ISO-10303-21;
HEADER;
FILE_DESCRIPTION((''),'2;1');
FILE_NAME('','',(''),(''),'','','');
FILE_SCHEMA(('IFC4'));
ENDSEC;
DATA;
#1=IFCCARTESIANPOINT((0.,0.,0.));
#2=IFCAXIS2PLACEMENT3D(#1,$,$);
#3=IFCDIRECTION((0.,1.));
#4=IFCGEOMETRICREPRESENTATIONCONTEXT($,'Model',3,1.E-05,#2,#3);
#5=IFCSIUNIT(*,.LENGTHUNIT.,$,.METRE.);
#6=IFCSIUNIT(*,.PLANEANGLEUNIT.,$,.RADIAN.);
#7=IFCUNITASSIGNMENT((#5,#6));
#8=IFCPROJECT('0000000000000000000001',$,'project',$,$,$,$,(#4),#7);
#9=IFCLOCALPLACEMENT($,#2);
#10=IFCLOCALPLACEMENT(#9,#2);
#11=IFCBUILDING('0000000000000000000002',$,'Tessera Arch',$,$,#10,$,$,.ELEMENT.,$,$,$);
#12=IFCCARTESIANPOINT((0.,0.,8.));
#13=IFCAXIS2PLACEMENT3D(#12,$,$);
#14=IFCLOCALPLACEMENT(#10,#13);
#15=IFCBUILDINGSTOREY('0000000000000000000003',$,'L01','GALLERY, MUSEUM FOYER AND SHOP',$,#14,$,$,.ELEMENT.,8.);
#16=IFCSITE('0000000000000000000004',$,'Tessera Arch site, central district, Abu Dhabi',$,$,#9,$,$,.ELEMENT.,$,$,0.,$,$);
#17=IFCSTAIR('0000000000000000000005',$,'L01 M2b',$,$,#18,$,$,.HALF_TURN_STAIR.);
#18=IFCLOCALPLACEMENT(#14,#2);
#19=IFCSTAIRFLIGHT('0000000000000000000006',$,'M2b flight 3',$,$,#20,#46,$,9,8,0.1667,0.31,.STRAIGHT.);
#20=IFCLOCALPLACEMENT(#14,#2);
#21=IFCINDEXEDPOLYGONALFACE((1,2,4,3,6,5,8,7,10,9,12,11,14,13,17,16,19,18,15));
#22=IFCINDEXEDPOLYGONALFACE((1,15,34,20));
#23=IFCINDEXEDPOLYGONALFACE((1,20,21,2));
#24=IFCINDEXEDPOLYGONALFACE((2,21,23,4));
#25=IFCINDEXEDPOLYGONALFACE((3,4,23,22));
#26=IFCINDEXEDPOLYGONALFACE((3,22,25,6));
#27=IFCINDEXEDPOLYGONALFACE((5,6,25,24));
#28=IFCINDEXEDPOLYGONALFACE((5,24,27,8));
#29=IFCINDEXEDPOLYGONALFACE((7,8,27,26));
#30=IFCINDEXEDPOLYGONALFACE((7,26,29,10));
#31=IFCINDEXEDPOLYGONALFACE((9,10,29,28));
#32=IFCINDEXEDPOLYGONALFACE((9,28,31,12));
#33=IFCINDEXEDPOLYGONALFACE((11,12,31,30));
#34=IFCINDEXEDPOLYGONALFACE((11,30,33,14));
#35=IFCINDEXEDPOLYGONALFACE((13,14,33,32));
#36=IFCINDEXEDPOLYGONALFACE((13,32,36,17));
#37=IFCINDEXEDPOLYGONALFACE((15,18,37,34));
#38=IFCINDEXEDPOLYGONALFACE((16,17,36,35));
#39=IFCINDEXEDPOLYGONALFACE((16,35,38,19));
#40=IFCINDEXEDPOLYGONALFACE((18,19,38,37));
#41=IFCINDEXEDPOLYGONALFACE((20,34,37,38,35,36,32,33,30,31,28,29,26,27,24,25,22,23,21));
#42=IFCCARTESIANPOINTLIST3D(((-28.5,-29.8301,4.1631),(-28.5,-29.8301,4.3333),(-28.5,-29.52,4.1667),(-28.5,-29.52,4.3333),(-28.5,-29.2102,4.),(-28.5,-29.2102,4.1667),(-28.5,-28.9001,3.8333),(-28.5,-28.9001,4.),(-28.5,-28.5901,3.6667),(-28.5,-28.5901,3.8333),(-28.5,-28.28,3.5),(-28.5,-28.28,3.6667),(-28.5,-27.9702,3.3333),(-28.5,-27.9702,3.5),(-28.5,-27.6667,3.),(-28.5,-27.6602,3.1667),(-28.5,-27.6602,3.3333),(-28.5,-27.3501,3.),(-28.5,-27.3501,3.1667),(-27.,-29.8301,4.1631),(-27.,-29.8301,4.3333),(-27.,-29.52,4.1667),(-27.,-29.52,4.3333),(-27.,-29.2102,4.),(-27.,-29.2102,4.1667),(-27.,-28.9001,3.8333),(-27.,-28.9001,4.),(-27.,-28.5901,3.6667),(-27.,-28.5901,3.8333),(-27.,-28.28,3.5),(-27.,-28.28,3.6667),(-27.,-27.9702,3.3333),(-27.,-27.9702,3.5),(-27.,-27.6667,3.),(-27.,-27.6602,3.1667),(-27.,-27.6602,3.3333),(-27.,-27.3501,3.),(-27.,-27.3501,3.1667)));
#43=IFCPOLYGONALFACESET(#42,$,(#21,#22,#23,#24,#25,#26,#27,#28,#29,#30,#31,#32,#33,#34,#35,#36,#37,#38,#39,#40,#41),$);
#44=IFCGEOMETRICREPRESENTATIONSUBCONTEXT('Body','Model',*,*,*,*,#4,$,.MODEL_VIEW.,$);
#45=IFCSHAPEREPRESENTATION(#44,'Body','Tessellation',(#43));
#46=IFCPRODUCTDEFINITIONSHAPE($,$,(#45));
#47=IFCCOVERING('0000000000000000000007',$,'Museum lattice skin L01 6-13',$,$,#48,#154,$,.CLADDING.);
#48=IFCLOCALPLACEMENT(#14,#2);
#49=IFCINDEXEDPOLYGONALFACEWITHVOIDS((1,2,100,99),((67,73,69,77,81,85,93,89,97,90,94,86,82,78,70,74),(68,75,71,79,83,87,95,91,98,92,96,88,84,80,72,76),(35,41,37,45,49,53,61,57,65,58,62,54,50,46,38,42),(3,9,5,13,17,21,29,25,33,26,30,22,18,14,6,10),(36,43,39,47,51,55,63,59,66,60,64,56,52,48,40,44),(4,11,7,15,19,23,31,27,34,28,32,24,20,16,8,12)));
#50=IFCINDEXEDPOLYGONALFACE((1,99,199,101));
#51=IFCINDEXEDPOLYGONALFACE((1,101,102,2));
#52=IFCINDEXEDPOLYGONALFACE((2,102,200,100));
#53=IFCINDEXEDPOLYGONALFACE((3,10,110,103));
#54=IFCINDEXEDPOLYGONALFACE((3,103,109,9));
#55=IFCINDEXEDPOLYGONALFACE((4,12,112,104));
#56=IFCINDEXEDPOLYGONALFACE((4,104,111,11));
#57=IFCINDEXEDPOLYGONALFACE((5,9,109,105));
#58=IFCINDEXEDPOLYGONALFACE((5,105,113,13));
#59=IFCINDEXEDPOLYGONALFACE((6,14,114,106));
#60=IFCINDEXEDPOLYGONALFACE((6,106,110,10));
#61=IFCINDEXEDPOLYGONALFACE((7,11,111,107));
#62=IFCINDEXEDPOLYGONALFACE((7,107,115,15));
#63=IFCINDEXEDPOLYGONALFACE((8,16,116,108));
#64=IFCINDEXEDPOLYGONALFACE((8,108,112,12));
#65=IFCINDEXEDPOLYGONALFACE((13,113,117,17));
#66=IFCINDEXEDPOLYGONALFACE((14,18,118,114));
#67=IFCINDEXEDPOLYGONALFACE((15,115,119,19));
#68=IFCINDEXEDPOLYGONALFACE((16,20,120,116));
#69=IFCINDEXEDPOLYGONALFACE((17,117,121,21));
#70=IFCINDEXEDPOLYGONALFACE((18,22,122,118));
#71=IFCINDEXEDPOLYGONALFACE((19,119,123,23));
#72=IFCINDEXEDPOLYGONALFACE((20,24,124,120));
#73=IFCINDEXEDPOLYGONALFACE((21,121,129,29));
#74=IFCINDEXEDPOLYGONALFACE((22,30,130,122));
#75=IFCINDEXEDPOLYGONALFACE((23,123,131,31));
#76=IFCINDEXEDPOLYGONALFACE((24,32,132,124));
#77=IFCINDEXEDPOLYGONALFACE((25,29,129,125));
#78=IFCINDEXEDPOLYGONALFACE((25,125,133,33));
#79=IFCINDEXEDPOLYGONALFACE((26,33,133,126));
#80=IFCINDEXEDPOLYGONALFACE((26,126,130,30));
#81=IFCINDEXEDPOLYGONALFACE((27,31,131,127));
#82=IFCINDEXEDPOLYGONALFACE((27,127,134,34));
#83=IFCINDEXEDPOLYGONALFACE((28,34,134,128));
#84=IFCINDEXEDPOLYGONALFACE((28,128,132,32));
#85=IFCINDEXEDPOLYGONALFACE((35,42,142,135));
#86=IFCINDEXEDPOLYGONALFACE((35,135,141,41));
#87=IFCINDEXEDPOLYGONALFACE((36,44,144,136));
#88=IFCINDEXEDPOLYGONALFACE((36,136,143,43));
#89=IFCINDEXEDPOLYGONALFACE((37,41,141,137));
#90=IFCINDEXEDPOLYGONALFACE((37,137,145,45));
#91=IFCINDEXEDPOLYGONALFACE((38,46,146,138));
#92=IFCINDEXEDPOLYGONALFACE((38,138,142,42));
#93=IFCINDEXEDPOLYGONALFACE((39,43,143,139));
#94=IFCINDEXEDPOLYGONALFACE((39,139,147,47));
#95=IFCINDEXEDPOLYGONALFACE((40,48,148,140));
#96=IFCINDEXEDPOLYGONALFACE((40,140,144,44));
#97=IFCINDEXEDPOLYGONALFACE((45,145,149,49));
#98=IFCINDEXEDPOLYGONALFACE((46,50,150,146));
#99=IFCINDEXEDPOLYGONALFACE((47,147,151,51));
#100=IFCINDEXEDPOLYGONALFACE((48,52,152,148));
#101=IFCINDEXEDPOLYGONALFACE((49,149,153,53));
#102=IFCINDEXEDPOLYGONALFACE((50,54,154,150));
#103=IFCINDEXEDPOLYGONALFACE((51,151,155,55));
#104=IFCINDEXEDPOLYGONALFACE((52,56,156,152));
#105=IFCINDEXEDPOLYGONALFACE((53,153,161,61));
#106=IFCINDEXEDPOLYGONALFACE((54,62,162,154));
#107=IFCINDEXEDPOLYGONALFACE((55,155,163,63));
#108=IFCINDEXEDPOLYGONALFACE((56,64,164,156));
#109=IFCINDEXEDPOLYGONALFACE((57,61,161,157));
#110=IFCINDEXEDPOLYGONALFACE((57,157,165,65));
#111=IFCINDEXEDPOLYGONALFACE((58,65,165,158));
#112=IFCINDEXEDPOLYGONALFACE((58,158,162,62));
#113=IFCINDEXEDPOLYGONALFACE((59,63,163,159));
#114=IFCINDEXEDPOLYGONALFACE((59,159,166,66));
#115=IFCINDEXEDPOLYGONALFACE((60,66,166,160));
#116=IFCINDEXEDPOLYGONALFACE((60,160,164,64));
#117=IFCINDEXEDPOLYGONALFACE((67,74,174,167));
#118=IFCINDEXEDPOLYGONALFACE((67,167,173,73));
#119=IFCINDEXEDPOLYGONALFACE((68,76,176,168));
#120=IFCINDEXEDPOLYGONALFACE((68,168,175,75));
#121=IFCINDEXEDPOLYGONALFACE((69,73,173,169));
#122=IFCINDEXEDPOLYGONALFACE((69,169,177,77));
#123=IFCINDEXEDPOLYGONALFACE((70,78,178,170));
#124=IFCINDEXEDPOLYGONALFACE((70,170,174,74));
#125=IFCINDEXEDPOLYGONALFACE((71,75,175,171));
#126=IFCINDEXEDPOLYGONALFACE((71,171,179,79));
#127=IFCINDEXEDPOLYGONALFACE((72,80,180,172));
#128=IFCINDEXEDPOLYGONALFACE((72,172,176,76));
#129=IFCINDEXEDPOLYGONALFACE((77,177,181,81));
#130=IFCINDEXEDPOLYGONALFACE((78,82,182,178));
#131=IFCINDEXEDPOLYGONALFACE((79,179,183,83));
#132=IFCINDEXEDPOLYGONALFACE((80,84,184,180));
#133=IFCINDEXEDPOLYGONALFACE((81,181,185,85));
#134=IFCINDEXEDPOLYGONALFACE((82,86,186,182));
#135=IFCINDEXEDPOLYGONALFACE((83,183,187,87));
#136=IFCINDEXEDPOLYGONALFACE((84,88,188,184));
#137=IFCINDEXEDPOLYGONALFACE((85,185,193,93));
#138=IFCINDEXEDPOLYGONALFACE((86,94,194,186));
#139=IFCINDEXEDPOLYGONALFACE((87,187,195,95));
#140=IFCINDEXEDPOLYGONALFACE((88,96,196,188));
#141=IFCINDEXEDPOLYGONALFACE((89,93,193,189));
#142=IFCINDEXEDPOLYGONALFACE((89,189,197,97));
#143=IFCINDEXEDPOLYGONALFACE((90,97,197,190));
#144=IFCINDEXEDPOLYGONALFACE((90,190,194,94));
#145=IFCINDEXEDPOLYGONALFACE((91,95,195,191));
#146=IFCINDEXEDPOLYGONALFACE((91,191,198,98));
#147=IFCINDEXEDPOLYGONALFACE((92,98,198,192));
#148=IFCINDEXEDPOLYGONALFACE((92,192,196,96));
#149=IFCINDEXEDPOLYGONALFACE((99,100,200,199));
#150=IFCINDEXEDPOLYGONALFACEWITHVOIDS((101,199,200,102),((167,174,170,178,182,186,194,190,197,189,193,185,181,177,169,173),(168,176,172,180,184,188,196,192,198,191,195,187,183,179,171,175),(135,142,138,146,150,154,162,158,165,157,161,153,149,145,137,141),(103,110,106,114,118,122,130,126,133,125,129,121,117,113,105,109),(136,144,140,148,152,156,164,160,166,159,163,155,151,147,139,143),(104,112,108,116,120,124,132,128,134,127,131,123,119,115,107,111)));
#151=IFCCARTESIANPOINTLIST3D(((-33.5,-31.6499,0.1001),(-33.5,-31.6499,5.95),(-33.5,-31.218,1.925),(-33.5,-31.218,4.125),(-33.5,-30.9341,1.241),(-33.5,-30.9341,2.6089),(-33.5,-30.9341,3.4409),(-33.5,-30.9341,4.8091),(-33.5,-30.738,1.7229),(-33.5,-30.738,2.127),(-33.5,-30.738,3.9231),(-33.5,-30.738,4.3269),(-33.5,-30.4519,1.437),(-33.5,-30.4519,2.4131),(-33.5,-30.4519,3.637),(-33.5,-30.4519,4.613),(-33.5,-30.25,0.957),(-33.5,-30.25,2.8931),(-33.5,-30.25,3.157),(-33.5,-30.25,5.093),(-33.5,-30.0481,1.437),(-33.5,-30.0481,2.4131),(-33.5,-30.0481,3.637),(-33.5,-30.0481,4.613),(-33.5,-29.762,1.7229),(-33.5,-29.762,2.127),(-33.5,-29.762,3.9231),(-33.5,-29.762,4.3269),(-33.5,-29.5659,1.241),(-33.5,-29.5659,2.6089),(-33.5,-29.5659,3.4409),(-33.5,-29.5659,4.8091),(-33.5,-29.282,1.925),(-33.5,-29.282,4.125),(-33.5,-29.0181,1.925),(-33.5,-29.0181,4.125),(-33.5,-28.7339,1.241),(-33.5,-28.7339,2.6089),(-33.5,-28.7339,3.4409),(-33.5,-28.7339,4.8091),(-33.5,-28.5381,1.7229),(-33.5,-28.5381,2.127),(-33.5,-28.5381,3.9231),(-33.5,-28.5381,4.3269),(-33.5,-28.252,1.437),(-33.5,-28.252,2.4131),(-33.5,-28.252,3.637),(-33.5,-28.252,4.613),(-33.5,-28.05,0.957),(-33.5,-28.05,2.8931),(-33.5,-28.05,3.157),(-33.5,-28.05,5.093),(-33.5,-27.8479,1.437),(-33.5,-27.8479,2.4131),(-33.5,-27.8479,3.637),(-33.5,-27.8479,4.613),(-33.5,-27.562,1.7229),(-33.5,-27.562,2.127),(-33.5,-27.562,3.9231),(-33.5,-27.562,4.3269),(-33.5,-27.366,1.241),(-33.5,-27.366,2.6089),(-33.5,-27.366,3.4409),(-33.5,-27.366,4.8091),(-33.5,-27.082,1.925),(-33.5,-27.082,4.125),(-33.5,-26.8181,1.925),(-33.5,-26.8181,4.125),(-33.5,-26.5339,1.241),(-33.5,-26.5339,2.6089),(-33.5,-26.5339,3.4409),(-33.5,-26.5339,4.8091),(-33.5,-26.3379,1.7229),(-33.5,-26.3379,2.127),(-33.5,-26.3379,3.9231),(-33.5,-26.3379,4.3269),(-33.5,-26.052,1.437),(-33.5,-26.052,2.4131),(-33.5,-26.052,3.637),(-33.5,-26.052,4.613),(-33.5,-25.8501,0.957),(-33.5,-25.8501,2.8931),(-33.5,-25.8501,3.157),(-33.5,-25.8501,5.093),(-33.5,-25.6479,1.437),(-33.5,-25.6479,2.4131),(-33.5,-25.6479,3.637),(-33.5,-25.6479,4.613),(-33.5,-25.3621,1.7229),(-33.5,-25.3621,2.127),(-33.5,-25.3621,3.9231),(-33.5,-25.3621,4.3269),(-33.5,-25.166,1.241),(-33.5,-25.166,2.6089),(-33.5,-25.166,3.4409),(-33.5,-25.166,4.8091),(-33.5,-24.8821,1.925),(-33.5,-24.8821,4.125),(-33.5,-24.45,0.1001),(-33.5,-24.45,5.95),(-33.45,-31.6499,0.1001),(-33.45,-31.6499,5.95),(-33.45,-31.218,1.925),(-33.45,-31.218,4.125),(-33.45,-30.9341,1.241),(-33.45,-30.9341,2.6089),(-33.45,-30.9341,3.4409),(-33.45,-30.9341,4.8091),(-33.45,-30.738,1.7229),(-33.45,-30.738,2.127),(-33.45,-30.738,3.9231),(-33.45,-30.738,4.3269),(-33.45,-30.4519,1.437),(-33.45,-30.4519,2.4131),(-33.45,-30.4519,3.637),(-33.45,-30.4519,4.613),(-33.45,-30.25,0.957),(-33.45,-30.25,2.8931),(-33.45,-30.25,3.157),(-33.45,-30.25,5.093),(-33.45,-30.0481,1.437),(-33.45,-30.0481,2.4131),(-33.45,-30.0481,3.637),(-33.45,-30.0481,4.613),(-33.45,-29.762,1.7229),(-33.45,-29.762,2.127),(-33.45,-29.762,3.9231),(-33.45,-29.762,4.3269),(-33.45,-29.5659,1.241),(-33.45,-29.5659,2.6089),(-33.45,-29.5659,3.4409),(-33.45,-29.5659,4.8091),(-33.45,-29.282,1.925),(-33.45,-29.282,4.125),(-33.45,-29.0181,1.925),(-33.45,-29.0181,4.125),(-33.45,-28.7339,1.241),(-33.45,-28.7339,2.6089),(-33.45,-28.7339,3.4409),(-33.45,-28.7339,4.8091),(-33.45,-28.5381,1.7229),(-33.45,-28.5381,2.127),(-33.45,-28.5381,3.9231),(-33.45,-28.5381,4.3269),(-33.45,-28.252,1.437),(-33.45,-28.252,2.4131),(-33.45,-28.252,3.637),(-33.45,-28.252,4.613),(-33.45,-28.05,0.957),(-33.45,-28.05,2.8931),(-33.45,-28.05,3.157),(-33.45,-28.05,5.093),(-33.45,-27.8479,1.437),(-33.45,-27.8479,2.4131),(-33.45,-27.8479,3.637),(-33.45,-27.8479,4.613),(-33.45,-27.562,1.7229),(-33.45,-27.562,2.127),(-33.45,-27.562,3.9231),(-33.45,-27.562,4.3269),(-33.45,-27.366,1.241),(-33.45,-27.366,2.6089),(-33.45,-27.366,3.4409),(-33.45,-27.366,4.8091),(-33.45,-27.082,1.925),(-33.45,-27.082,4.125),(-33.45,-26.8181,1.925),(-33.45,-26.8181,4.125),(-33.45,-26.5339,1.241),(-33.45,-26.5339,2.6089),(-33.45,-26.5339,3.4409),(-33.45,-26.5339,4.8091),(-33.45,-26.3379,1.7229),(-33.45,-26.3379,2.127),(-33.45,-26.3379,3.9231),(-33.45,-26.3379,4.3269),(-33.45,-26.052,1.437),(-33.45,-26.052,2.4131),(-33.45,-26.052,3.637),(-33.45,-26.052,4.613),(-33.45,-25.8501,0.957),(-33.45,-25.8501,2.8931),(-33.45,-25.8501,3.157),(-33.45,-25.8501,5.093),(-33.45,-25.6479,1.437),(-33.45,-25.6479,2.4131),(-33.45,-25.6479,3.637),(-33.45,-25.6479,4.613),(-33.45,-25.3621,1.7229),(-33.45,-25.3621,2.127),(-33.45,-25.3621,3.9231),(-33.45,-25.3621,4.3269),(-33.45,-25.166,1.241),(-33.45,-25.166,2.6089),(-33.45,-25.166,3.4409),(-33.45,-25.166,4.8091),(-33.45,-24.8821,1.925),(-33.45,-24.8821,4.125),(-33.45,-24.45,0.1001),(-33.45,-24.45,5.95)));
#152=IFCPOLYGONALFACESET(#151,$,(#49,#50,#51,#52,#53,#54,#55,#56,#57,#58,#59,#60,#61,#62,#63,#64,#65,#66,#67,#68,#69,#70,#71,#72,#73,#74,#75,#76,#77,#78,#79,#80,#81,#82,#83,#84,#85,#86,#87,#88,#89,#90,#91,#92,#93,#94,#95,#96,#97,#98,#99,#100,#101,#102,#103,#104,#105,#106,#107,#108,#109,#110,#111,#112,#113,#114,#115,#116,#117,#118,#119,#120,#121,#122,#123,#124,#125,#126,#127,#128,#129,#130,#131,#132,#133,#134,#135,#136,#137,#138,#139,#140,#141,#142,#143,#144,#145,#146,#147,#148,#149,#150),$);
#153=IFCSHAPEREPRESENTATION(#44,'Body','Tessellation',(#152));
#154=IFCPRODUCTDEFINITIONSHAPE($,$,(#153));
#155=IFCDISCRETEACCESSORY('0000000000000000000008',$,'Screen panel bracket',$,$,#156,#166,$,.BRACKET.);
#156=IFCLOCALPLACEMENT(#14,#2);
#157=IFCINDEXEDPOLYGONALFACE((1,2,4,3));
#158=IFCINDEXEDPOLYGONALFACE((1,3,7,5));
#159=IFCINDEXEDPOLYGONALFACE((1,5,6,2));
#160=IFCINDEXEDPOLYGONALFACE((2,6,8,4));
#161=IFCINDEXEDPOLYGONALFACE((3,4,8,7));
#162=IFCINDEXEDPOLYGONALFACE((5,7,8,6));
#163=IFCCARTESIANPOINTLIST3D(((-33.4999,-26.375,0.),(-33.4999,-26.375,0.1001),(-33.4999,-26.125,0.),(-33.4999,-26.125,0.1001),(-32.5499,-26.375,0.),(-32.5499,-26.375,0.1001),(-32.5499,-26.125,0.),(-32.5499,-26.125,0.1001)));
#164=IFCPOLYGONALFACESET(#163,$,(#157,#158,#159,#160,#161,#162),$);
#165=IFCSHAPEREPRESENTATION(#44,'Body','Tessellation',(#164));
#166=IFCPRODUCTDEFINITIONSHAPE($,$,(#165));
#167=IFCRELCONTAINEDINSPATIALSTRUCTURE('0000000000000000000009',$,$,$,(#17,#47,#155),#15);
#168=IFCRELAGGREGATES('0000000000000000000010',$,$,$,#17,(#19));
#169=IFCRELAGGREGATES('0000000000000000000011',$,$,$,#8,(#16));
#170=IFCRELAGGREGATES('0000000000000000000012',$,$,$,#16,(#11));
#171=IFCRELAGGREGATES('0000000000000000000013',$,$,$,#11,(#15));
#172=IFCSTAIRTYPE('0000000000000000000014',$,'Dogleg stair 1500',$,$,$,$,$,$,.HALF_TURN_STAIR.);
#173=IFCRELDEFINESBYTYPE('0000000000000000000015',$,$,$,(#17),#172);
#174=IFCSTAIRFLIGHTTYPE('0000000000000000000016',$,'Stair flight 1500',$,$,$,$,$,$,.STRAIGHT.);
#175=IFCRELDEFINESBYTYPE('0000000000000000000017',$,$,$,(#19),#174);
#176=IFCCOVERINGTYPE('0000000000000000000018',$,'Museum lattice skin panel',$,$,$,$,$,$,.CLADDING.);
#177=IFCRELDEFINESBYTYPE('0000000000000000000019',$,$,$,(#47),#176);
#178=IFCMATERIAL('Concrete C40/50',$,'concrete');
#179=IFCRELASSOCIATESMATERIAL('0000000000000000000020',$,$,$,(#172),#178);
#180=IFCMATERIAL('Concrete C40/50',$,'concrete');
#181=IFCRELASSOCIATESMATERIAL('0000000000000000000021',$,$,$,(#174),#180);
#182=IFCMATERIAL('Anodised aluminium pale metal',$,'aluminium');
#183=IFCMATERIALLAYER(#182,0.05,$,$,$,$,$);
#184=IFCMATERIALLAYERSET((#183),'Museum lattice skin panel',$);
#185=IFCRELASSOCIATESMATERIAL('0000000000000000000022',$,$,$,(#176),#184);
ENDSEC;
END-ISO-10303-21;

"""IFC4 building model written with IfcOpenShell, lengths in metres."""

from ifc_helpers import new_model, si_unit, direction, frame, origin, origin_2d, place, context, subcontext, project, spatial, polyline, rectangle, outline, extrude, material, layer, layer_set, type_object, element, aggregate, save


model = new_model("IFC4")

# Units and contexts
model_context = context("Model", 3, precision=1e-05, world=origin(), true_north=direction((0.0, 1.0)))
body_context = subcontext(model_context, "Body", "Model", "MODEL_VIEW")
ifc_project = project(units=[si_unit("LENGTHUNIT", "METRE"), si_unit("PLANEANGLEUNIT", "RADIAN")], contexts=[model_context])

# Site, building, storey
site_placement = place(None, origin())
site = spatial("IfcSite", under=ifc_project, at=site_placement, Name="Tessera Arch site, central district, Abu Dhabi", CompositionType="ELEMENT", RefElevation=0.0)
building_placement = place(site_placement, origin())
building = spatial("IfcBuilding", under=site, at=building_placement, Name="Tessera Arch", CompositionType="ELEMENT")
storey_placement = place(building_placement, frame((0.0, 0.0, 8.0)))
storey = spatial("IfcBuildingStorey", under=building, at=storey_placement, Name="L01", Description="GALLERY, MUSEUM FOYER AND SHOP", CompositionType="ELEMENT", Elevation=8.0)

# Stair, stair flight
ifc_material_1 = material(Name="Concrete C40/50", Category="concrete")
stair_type = type_object("IfcStairType", Name="Dogleg stair 1500", PredefinedType="HALF_TURN_STAIR", material=ifc_material_1)
ifc_material_2 = material(Name="Concrete C40/50", Category="concrete")
stair_flight_type = type_object("IfcStairFlightType", Name="Stair flight 1500", PredefinedType="STRAIGHT", material=ifc_material_2)
stair_1_placement = place(storey_placement, origin())
stair_1 = element("IfcStair", 1, at=stair_1_placement, inside=storey, type_object=stair_type, Name="L01 M2b", PredefinedType="HALF_TURN_STAIR")
stair_flight_1_placement = place(storey_placement, frame((-27.75, -27.3501, 3.0), z_axis=(0.0, 0.0, 1.0), x_axis=(0.0, -1.0, 0.0)))
stair_flight_1 = element("IfcStairFlight", 2, at=stair_flight_1_placement, type_object=stair_flight_type, Name="M2b flight 3", NumberOfRisers=9, NumberOfTreads=8, PredefinedType="STRAIGHT", RiserHeight=0.1667, TreadLength=0.31, context=body_context, shape_type="SweptSolid", body=[
    extrude(outline(polyline([(0.0, 0.0), (0.0, 0.1667), (0.3101, 0.1667), (0.3101, 0.3333), (0.6201, 0.3333), (0.6201, 0.5), (0.9299, 0.5), (0.9299, 0.6667), (1.24, 0.6667), (1.24, 0.8333), (1.55, 0.8333), (1.55, 1.0), (1.8601, 1.0), (1.8601, 1.1667), (2.1699, 1.1667), (2.1699, 1.3333), (2.48, 1.3333), (2.48, 1.5), (2.48, 1.1631), (0.3167, 0.0), (0.0, 0.0)])), frame((0.0, 0.75, 0.0), z_axis=(0.0, -1.0, 0.0), x_axis=(1.0, 0.0, 0.0)), (0.0, 0.0, 1.0), 1.5),
])
aggregate(stair_1, [stair_flight_1])

# Covering
ifc_material_3 = material(Name="Anodised aluminium pale metal", Category="aluminium")
ifc_layer_1 = layer(ifc_material_3, 0.05)
ifc_layer_set_1 = layer_set([ifc_layer_1], Name="Museum lattice skin panel")
covering_type = type_object("IfcCoveringType", Name="Museum lattice skin panel", PredefinedType="CLADDING", material=ifc_layer_set_1)
covering_placement = place(storey_placement, frame((-33.45, -24.45, 5.95), z_axis=(1.0, 0.0, 0.0), x_axis=(0.0, -1.0, 0.0)))
element("IfcCovering", 3, at=covering_placement, inside=storey, type_object=covering_type, Name="Museum lattice skin L01 6-13", PredefinedType="CLADDING", context=body_context, shape_type="SweptSolid", body=[
    extrude(outline(polyline([(0.0, 0.0), (7.2, 0.0), (7.2, 5.8499), (0.0, 5.8499), (0.0, 0.0)]), holes=[polyline([(2.3682, 4.0249), (1.8879, 3.823), (2.084, 3.3411), (1.6021, 3.5369), (1.4001, 3.0569), (1.198, 3.5369), (0.7161, 3.3411), (0.9121, 3.823), (0.4321, 4.0249), (0.9121, 4.2271), (0.7161, 4.709), (1.198, 4.5129), (1.4001, 4.9929), (1.6021, 4.5129), (2.084, 4.709), (1.8879, 4.2271), (2.3682, 4.0249)]), polyline([(2.3682, 1.825), (1.8879, 1.623), (2.084, 1.1409), (1.6021, 1.3369), (1.4001, 0.8569), (1.198, 1.3369), (0.7161, 1.1409), (0.9121, 1.623), (0.4321, 1.825), (0.9121, 2.0269), (0.7161, 2.509), (1.198, 2.313), (1.4001, 2.793), (1.6021, 2.313), (2.084, 2.509), (1.8879, 2.0269), (2.3682, 1.825)]), polyline([(4.5681, 4.0249), (4.0881, 3.823), (4.2839, 3.3411), (3.802, 3.5369), (3.6001, 3.0569), (3.3979, 3.5369), (2.916, 3.3411), (3.1121, 3.823), (2.6321, 4.0249), (3.1121, 4.2271), (2.916, 4.709), (3.3979, 4.5129), (3.6001, 4.9929), (3.802, 4.5129), (4.2839, 4.709), (4.0881, 4.2271), (4.5681, 4.0249)]), polyline([(4.5681, 1.825), (4.0881, 1.623), (4.2839, 1.1409), (3.802, 1.3369), (3.6001, 0.8569), (3.3979, 1.3369), (2.916, 1.1409), (3.1121, 1.623), (2.6321, 1.825), (3.1121, 2.0269), (2.916, 2.509), (3.3979, 2.313), (3.6001, 2.793), (3.802, 2.313), (4.2839, 2.509), (4.0881, 2.0269), (4.5681, 1.825)]), polyline([(6.7681, 4.0249), (6.2881, 3.823), (6.4841, 3.3411), (6.002, 3.5369), (5.8, 3.0569), (5.5981, 3.5369), (5.116, 3.3411), (5.312, 3.823), (4.832, 4.0249), (5.312, 4.2271), (5.116, 4.709), (5.5981, 4.5129), (5.8, 4.9929), (6.002, 4.5129), (6.4841, 4.709), (6.2881, 4.2271), (6.7681, 4.0249)]), polyline([(6.7681, 1.825), (6.2881, 1.623), (6.4841, 1.1409), (6.002, 1.3369), (5.8, 0.8569), (5.5981, 1.3369), (5.116, 1.1409), (5.312, 1.623), (4.832, 1.825), (5.312, 2.0269), (5.116, 2.509), (5.5981, 2.313), (5.8, 2.793), (6.002, 2.313), (6.4841, 2.509), (6.2881, 2.0269), (6.7681, 1.825)])]), origin(), (0.0, 0.0, -1.0), 0.05),
])

# Discrete accessory
discrete_accessory_placement = place(storey_placement, frame((-33.0249, -26.25, 0.0), z_axis=(0.0, 0.0, 1.0), x_axis=(-1.0, 0.0, 0.0)))
element("IfcDiscreteAccessory", 4, at=discrete_accessory_placement, inside=storey, Name="Screen panel bracket", PredefinedType="BRACKET", context=body_context, shape_type="SweptSolid", body=[
    extrude(rectangle(XDim=0.95, YDim=0.25, at=origin_2d()), origin(), (0.0, 0.0, 1.0), 0.1001),
])

save(model, "model.ifc")
